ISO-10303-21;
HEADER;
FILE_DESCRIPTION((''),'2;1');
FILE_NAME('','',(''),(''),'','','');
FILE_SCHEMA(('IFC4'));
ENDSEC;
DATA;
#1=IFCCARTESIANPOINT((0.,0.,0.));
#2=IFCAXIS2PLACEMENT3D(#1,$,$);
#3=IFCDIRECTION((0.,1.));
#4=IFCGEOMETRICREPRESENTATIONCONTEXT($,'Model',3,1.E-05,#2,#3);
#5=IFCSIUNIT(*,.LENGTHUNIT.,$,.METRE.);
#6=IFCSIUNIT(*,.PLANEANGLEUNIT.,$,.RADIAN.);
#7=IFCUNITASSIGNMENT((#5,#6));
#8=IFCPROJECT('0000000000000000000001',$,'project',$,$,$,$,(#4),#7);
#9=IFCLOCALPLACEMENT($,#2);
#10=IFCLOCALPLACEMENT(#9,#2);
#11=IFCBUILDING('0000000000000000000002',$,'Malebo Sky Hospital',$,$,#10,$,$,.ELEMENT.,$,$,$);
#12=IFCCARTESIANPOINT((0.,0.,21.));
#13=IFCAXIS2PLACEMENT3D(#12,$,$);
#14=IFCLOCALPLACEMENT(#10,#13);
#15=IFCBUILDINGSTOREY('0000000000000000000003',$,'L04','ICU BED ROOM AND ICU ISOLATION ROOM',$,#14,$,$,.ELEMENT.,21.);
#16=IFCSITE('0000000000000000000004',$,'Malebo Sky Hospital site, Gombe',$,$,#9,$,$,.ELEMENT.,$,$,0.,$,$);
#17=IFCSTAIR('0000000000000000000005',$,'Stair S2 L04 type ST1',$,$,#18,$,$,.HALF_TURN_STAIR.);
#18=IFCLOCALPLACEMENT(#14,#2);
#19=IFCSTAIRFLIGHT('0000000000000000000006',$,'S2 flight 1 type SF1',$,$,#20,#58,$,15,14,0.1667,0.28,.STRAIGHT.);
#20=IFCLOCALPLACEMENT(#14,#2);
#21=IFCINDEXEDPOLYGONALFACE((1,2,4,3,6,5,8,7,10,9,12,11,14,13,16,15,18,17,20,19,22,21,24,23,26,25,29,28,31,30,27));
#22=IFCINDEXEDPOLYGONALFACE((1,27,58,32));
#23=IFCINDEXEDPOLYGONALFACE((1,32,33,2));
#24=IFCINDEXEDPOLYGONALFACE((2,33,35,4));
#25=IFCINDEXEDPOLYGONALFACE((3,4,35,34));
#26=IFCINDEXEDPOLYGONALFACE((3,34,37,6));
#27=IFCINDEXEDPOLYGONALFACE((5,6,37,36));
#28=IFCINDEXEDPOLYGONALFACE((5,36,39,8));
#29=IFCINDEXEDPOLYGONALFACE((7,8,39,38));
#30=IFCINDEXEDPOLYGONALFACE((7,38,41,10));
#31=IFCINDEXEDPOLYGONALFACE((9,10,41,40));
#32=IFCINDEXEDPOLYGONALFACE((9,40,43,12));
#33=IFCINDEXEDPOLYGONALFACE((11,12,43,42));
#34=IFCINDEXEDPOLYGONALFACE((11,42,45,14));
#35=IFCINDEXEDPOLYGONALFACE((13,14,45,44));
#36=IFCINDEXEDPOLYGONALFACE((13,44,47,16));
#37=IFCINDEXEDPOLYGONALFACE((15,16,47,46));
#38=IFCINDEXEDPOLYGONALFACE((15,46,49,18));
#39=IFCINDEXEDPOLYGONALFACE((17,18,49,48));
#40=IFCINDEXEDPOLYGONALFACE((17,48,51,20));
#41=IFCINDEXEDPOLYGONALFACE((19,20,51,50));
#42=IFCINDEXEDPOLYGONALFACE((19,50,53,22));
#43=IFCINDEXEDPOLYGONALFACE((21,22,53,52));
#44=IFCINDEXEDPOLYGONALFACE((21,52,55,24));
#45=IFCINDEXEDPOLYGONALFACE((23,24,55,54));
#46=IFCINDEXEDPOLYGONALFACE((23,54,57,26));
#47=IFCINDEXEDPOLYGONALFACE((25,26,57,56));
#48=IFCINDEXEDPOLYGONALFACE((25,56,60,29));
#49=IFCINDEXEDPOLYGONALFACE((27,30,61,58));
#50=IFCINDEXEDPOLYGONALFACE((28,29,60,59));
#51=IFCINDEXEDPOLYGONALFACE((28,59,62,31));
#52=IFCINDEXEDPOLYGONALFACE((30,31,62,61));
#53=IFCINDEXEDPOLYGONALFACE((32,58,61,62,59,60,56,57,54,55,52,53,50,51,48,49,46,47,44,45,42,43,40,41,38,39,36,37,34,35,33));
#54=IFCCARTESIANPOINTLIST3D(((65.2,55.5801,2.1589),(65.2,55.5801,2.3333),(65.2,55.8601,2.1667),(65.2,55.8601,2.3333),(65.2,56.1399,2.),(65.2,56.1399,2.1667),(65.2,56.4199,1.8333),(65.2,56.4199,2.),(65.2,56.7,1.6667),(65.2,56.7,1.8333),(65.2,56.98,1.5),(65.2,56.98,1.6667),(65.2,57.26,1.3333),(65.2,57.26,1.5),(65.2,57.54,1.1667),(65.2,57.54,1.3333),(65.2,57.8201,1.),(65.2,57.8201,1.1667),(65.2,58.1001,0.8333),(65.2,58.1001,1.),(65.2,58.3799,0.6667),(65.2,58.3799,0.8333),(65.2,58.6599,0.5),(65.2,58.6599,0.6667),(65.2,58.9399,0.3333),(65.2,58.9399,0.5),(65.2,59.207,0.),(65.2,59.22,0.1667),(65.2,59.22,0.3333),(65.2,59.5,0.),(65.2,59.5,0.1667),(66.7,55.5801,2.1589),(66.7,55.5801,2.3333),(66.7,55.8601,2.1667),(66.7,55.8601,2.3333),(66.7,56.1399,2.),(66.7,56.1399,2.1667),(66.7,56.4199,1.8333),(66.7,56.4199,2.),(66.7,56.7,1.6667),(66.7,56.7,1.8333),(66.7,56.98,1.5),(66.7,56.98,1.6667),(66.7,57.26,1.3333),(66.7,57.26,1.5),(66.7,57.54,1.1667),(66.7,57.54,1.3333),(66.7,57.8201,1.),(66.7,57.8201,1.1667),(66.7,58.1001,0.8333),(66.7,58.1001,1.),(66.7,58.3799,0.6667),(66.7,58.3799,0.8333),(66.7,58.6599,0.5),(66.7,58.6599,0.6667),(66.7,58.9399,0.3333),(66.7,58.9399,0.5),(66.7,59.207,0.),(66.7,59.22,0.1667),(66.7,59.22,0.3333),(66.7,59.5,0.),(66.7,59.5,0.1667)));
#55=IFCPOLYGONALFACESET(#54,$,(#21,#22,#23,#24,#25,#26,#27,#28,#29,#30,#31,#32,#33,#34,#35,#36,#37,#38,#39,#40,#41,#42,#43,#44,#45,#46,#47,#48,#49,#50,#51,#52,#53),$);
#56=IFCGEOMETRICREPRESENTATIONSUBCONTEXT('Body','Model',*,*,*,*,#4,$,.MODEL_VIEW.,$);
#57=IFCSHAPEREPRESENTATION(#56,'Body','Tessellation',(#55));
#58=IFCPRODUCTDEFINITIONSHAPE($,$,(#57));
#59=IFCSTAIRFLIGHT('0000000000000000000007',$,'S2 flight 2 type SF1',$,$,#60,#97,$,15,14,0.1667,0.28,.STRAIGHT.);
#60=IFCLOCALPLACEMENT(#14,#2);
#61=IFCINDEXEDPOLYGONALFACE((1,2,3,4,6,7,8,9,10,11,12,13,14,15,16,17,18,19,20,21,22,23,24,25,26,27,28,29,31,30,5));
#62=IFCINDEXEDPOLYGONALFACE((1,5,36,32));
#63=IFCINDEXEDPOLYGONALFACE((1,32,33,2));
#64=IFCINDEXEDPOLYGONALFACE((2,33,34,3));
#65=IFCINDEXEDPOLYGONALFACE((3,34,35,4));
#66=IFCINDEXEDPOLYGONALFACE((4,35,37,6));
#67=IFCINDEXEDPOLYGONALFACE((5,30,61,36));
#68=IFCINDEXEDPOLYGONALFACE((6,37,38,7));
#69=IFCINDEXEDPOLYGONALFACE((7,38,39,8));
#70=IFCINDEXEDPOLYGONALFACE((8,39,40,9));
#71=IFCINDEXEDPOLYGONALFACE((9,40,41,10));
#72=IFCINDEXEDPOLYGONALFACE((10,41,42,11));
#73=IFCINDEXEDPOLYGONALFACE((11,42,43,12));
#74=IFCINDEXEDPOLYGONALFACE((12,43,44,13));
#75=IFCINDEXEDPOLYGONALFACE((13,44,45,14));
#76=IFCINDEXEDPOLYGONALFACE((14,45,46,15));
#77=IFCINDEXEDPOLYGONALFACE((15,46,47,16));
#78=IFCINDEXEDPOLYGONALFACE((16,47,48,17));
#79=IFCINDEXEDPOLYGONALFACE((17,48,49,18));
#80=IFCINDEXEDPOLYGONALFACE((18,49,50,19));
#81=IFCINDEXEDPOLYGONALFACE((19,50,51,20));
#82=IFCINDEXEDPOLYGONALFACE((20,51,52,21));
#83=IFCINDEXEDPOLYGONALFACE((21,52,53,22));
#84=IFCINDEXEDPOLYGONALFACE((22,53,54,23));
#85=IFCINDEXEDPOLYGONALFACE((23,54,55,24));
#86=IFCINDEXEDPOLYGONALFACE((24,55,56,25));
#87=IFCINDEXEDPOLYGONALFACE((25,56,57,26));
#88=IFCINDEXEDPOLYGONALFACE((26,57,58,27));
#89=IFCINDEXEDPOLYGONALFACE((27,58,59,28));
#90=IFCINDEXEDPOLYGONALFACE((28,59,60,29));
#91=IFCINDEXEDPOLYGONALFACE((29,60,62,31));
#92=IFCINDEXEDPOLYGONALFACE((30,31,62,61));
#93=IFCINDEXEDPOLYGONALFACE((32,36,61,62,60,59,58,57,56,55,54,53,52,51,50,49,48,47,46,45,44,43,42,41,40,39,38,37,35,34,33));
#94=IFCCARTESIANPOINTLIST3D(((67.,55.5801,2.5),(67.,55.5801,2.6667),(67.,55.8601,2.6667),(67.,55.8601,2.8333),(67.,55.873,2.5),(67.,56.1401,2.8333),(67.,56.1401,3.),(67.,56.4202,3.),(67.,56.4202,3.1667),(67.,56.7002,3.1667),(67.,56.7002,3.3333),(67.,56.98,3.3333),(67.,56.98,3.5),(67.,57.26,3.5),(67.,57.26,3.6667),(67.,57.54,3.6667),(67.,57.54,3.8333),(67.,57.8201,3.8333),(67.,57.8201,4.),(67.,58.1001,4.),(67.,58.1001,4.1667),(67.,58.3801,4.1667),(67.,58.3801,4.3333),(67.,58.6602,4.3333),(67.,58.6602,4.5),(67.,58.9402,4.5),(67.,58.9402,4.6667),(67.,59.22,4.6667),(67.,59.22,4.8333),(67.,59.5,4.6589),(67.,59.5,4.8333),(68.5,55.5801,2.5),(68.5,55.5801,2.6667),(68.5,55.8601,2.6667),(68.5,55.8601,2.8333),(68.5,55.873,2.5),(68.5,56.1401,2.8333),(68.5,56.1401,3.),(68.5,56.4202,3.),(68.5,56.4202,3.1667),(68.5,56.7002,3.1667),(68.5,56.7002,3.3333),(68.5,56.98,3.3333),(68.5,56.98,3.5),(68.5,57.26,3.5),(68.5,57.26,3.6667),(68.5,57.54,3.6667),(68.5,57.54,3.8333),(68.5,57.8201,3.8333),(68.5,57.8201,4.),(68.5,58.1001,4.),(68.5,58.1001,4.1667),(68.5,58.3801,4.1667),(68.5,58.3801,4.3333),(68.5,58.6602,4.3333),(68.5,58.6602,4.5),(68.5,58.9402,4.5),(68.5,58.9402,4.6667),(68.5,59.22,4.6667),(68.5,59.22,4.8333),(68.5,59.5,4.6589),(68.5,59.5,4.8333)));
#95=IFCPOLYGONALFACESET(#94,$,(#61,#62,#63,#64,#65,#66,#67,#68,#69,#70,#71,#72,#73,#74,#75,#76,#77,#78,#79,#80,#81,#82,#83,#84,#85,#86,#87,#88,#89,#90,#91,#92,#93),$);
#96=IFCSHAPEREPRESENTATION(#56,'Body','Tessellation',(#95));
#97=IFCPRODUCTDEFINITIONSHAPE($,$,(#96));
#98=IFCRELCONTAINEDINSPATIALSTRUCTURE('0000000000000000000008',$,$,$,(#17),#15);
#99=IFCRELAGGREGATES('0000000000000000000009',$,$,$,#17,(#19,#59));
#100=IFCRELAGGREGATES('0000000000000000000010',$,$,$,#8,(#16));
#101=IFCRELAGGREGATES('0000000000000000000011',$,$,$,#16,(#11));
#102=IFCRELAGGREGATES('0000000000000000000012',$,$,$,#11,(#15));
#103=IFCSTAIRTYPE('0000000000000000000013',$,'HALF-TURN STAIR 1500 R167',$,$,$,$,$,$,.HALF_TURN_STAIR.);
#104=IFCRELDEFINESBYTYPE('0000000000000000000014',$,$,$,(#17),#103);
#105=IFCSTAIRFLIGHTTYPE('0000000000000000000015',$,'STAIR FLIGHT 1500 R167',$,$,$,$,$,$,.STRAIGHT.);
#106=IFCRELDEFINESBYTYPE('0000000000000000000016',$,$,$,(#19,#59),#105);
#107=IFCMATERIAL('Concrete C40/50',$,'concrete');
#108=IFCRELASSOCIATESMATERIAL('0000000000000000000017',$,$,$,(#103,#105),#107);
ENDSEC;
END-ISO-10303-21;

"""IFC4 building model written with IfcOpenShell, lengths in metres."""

from ifc_helpers import new_model, si_unit, direction, frame, origin, place, context, subcontext, project, spatial, polyline, outline, extrude, material, type_object, element, aggregate, save


model = new_model("IFC4")

# Units and contexts
model_context = context("Model", 3, precision=1e-05, world=origin(), true_north=direction((0.0, 1.0)))
body_context = subcontext(model_context, "Body", "Model", "MODEL_VIEW")
ifc_project = project(units=[si_unit("LENGTHUNIT", "METRE"), si_unit("PLANEANGLEUNIT", "RADIAN")], contexts=[model_context])

# Site, building, storey
site_placement = place(None, origin())
site = spatial("IfcSite", under=ifc_project, at=site_placement, Name="Malebo Sky Hospital site, Gombe", CompositionType="ELEMENT", RefElevation=0.0)
building_placement = place(site_placement, origin())
building = spatial("IfcBuilding", under=site, at=building_placement, Name="Malebo Sky Hospital", CompositionType="ELEMENT")
storey_placement = place(building_placement, frame((0.0, 0.0, 21.0)))
storey = spatial("IfcBuildingStorey", under=building, at=storey_placement, Name="L04", Description="ICU BED ROOM AND ICU ISOLATION ROOM", CompositionType="ELEMENT", Elevation=21.0)

# Stair, stair flights
ifc_material_1 = material(Name="Concrete C40/50", Category="concrete")
stair_type = type_object("IfcStairType", Name="HALF-TURN STAIR 1500 R167", PredefinedType="HALF_TURN_STAIR", material=ifc_material_1)
stair_placement = place(storey_placement, origin())
stair = element("IfcStair", 1, at=stair_placement, inside=storey, type_object=stair_type, Name="Stair S2 L04 type ST1", PredefinedType="HALF_TURN_STAIR")
stair_flight_type = type_object("IfcStairFlightType", Name="STAIR FLIGHT 1500 R167", PredefinedType="STRAIGHT", material=ifc_material_1)
stair_flight_1_placement = place(storey_placement, frame((65.95, 59.5, 0.0), z_axis=(0.0, 0.0, 1.0), x_axis=(0.0, -1.0, 0.0)))
stair_flight_1 = element("IfcStairFlight", 2, at=stair_flight_1_placement, type_object=stair_flight_type, Name="S2 flight 1 type SF1", NumberOfRisers=15, NumberOfTreads=14, PredefinedType="STRAIGHT", RiserHeight=0.1667, TreadLength=0.28, context=body_context, shape_type="SweptSolid", body=[
    extrude(outline(polyline([(0.0, 0.0), (0.0, 0.1667), (0.28, 0.1667), (0.28, 0.3333), (0.5601, 0.3333), (0.5601, 0.5), (0.8401, 0.5), (0.8401, 0.6667), (1.1201, 0.6667), (1.1201, 0.8333), (1.3999, 0.8333), (1.3999, 1.0), (1.6799, 1.0), (1.6799, 1.1667), (1.96, 1.1667), (1.96, 1.3333), (2.24, 1.3333), (2.24, 1.5), (2.52, 1.5), (2.52, 1.6667), (2.8, 1.6667), (2.8, 1.8333), (3.0801, 1.8333), (3.0801, 2.0), (3.3601, 2.0), (3.3601, 2.1667), (3.6399, 2.1667), (3.6399, 2.3333), (3.9199, 2.3333), (3.9199, 2.5), (3.9199, 2.1589), (0.293, 0.0), (0.0, 0.0)])), frame((0.0, 0.75, 0.0), z_axis=(0.0, -1.0, 0.0), x_axis=(1.0, 0.0, 0.0)), (0.0, 0.0, 1.0), 1.5),
])
stair_flight_2_placement = place(storey_placement, frame((67.75, 55.5801, 2.5), z_axis=(0.0, 0.0, 1.0), x_axis=(0.0, 1.0, 0.0)))
stair_flight_2 = element("IfcStairFlight", 3, at=stair_flight_2_placement, type_object=stair_flight_type, Name="S2 flight 2 type SF1", NumberOfRisers=15, NumberOfTreads=14, PredefinedType="STRAIGHT", RiserHeight=0.1667, TreadLength=0.28, context=body_context, shape_type="SweptSolid", body=[
    extrude(outline(polyline([(0.0, 0.0), (0.0, 0.1667), (0.28, 0.1667), (0.28, 0.3333), (0.5601, 0.3333), (0.5601, 0.5), (0.8401, 0.5), (0.8401, 0.6667), (1.1201, 0.6667), (1.1201, 0.8333), (1.3999, 0.8333), (1.3999, 1.0), (1.6799, 1.0), (1.6799, 1.1667), (1.96, 1.1667), (1.96, 1.3333), (2.24, 1.3333), (2.24, 1.5), (2.52, 1.5), (2.52, 1.6667), (2.8, 1.6667), (2.8, 1.8333), (3.0801, 1.8333), (3.0801, 2.0), (3.3601, 2.0), (3.3601, 2.1667), (3.6399, 2.1667), (3.6399, 2.3333), (3.9199, 2.3333), (3.9199, 2.5), (3.9199, 2.1589), (0.293, 0.0), (0.0, 0.0)])), frame((0.0, 0.75, 0.0), z_axis=(0.0, -1.0, 0.0), x_axis=(1.0, 0.0, 0.0)), (0.0, 0.0, 1.0), 1.5),
])
aggregate(stair, [stair_flight_1, stair_flight_2])

save(model, "model.ifc")
